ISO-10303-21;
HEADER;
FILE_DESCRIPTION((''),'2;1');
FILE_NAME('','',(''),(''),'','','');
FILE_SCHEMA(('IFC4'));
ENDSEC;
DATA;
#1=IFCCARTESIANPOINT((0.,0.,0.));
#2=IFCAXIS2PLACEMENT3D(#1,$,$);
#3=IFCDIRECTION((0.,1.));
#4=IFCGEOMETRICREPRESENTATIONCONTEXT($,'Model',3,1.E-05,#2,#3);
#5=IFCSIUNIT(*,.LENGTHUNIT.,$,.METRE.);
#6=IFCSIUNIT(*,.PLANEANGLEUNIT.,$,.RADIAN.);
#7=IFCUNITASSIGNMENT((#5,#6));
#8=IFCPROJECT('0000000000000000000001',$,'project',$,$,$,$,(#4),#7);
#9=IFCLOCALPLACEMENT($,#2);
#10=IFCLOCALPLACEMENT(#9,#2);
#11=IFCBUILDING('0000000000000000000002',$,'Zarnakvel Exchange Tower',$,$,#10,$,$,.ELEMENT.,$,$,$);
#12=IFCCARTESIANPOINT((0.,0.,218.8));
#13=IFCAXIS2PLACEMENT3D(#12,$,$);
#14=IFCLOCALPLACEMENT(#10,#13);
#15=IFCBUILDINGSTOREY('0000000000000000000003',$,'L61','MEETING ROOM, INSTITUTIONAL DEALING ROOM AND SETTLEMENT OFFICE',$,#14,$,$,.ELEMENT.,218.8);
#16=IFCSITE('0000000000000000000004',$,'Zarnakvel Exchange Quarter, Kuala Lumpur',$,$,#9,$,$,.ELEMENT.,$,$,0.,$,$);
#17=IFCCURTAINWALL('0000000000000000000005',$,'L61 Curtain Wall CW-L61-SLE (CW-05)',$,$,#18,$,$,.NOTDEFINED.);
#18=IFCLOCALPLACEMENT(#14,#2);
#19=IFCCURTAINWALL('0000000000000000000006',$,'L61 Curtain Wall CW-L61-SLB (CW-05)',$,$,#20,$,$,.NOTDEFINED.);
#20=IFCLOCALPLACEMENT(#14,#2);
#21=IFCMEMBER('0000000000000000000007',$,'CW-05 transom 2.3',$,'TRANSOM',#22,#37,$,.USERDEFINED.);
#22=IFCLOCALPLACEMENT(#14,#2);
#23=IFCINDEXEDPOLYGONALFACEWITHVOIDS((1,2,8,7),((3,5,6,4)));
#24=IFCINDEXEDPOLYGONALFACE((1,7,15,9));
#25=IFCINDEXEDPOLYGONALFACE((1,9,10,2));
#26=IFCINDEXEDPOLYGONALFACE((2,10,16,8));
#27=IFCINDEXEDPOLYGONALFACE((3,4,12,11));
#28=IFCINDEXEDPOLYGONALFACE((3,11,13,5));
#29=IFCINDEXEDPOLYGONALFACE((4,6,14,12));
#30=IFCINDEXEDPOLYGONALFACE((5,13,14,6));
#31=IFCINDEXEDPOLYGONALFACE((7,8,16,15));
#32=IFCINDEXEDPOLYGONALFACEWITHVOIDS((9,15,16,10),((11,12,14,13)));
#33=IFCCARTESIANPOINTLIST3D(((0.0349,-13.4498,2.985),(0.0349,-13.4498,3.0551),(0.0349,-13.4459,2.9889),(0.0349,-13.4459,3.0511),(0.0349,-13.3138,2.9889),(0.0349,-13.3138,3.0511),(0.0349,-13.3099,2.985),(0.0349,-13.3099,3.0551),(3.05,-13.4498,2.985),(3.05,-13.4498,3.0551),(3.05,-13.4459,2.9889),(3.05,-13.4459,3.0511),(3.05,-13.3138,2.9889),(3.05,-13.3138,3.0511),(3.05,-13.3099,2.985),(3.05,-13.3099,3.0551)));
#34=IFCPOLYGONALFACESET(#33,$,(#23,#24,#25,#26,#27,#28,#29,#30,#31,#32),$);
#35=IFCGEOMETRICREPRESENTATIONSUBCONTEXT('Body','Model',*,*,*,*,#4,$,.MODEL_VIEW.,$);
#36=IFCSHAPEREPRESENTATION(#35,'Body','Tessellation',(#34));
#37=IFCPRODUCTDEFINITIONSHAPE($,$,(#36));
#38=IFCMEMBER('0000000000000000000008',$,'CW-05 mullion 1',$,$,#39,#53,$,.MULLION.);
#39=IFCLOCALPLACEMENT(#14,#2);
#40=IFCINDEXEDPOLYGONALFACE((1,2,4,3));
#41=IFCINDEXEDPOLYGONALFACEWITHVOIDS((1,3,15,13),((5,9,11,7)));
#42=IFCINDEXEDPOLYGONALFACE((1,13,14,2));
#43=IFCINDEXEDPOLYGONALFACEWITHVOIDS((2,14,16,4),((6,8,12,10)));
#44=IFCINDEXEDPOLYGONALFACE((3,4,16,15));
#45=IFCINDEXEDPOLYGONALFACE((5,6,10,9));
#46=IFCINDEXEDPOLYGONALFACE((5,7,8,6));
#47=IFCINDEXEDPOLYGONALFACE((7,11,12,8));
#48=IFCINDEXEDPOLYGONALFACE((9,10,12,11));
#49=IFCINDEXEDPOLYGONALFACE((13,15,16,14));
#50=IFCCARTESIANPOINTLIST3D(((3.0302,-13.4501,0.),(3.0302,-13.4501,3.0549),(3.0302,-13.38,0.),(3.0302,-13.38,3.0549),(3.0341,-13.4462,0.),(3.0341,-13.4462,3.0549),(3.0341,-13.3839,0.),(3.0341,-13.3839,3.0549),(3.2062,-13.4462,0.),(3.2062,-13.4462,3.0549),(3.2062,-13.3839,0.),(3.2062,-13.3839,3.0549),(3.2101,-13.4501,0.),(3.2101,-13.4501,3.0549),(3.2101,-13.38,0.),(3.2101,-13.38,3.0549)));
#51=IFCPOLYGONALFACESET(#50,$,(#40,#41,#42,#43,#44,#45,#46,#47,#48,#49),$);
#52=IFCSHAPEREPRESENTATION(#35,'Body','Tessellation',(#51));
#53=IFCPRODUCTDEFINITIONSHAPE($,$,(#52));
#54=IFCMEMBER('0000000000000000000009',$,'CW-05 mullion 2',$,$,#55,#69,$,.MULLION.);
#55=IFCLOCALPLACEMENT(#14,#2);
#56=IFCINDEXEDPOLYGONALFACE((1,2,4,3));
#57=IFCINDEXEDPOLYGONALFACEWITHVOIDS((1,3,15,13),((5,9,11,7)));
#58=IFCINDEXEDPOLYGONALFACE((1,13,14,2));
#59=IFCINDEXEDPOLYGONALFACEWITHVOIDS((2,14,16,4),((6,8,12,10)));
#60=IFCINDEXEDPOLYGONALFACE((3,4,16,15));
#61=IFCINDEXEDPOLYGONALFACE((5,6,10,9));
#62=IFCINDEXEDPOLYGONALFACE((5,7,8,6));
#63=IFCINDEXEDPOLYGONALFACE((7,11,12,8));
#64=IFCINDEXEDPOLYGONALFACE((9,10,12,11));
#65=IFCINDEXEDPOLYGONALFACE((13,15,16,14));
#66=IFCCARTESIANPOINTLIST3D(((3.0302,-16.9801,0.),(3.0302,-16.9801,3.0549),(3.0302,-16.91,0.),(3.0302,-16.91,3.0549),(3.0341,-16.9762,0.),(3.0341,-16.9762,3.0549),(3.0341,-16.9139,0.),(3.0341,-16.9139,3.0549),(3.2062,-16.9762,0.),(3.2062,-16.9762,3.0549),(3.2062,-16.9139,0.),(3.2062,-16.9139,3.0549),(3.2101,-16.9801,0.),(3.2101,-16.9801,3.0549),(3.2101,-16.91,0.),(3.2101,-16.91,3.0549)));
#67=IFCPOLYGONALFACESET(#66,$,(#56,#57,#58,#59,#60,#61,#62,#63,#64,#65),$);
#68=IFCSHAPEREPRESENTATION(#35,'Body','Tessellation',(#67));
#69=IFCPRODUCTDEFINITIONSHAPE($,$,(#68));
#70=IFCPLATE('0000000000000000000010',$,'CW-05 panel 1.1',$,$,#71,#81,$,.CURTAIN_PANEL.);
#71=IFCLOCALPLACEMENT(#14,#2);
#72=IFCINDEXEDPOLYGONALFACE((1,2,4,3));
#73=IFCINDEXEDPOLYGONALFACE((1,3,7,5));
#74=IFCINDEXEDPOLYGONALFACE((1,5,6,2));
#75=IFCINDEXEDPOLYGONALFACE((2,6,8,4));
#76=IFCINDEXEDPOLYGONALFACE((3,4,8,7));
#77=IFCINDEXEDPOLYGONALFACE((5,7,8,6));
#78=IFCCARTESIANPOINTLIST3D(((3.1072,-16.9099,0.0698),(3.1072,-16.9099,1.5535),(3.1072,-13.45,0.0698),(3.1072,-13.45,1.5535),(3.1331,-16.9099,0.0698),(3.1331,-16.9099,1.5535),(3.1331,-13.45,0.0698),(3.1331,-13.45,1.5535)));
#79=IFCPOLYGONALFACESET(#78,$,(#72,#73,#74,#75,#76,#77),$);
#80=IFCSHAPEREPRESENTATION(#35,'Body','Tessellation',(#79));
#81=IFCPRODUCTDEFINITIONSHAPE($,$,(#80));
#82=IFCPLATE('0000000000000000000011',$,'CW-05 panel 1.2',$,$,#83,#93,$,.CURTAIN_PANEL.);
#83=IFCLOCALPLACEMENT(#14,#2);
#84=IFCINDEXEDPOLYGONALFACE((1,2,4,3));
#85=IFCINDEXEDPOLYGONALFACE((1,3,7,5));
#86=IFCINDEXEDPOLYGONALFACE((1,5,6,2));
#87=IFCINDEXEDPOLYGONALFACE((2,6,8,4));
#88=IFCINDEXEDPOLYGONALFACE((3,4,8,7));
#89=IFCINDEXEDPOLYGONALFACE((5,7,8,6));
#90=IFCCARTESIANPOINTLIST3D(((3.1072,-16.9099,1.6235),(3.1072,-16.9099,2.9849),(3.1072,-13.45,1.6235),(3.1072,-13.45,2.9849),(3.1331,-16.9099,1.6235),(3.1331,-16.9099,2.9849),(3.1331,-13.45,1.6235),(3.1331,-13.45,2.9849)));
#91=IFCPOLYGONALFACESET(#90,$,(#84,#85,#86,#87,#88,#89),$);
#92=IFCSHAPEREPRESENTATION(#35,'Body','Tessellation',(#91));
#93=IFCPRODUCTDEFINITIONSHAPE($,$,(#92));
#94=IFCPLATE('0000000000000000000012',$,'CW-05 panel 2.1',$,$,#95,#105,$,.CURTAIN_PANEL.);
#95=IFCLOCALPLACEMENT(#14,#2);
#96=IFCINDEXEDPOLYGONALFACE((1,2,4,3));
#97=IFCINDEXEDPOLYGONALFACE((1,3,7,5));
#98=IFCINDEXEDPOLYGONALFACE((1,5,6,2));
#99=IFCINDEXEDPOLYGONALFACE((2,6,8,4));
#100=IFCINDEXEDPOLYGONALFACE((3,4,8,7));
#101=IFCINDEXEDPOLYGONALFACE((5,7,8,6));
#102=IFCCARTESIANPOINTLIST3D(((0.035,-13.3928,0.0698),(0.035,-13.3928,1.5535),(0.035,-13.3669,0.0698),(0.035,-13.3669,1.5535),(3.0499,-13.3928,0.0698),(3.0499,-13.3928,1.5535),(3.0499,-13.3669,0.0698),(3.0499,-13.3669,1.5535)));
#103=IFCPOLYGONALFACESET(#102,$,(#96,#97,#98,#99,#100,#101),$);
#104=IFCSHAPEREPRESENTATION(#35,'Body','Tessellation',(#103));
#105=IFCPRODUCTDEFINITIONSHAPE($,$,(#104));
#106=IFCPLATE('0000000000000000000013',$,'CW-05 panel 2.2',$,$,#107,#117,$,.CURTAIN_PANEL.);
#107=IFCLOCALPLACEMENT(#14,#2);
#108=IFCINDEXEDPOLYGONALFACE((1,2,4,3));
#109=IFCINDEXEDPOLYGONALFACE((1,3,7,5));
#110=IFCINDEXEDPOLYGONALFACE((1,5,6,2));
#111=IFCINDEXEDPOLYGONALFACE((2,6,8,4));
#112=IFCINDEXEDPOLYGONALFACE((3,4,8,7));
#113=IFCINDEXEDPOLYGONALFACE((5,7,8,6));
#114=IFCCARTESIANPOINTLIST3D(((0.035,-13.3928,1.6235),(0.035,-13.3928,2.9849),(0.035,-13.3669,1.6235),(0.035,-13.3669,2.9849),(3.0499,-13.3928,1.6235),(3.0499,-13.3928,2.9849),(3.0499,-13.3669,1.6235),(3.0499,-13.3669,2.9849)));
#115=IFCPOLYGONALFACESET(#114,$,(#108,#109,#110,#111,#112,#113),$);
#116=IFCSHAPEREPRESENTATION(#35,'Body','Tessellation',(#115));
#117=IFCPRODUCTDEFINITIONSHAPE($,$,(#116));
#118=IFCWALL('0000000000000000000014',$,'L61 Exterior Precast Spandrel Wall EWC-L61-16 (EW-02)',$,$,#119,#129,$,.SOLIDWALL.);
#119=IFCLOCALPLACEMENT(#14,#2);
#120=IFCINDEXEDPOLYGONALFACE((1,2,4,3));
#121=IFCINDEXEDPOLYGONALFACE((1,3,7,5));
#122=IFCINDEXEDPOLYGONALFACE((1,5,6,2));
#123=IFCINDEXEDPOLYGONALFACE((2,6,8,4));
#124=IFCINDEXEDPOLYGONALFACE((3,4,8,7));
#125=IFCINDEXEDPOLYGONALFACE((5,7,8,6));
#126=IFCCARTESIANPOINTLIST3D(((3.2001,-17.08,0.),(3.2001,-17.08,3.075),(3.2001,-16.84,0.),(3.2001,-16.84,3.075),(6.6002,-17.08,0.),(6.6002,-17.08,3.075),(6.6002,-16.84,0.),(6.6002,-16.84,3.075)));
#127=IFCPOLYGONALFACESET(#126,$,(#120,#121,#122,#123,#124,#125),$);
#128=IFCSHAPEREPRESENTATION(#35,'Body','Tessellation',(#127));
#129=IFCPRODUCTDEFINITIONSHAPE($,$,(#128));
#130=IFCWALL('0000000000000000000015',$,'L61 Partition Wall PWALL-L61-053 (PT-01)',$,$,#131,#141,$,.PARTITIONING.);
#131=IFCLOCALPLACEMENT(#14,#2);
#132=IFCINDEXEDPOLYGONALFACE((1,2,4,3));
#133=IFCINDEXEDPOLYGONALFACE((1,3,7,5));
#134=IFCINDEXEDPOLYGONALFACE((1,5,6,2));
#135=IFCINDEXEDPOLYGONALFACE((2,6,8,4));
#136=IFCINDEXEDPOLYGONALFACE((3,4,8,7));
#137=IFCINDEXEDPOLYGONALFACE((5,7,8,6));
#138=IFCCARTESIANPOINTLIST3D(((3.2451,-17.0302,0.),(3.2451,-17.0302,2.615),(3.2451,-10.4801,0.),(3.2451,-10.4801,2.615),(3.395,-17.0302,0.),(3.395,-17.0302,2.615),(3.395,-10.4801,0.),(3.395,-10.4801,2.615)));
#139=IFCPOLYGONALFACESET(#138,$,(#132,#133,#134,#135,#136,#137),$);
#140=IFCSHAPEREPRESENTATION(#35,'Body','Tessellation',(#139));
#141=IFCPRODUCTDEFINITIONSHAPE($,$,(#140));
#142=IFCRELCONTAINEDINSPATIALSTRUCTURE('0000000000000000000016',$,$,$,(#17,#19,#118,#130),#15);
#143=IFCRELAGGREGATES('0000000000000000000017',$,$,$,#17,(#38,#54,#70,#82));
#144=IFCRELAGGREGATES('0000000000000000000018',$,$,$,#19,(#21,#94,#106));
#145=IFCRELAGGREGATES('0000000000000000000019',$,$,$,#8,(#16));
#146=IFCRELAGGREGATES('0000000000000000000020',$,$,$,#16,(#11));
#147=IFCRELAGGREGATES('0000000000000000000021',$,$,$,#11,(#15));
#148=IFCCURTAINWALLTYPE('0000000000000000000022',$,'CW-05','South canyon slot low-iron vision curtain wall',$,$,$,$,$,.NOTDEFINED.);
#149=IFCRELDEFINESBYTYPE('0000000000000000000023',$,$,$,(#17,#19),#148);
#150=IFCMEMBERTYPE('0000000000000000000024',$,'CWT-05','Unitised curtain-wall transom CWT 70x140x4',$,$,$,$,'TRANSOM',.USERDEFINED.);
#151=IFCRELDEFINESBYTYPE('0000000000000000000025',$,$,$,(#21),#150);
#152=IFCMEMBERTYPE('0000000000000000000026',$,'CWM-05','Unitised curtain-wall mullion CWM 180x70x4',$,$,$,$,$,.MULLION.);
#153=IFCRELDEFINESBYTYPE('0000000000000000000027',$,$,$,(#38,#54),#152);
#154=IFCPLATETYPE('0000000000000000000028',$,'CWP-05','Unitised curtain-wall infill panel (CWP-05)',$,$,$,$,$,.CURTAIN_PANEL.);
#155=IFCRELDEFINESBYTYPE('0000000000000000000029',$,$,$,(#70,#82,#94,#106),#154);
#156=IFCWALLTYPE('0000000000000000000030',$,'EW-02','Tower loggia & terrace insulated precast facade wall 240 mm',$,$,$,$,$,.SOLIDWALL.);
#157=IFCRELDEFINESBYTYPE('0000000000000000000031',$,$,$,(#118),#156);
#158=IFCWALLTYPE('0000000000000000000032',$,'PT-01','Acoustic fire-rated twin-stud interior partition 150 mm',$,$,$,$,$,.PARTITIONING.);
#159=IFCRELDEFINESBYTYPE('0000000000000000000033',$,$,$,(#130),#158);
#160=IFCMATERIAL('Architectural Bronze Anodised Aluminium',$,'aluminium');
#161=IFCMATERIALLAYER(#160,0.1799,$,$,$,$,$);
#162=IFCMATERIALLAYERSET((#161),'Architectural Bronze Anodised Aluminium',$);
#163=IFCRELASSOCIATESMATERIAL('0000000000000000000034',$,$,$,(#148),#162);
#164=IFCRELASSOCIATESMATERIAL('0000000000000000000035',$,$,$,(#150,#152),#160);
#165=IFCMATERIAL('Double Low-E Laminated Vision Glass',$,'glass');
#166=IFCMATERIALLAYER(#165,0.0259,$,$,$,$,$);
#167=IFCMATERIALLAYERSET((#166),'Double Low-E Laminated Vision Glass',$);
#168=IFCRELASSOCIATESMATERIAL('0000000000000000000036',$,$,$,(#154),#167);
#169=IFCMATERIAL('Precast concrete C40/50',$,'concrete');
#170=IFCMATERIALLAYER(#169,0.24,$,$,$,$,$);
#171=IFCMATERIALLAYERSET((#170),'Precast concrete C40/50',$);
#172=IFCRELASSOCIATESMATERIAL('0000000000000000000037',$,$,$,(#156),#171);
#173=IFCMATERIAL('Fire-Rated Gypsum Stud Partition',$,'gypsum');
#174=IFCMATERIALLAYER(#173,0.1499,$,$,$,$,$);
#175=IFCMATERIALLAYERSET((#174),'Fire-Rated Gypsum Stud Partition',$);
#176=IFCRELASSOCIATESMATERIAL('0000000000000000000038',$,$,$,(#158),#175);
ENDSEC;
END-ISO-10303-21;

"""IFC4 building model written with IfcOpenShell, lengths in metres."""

from ifc_helpers import new_model, si_unit, direction, frame, frame_2d, origin, origin_2d, place, context, subcontext, project, spatial, rectangle, hollow_rectangle, extrude, source, transform, mapped, material, layer, layer_set, material_profile, profile_set, type_object, element, aggregate, save


model = new_model("IFC4")

# Units and contexts
model_context = context("Model", 3, precision=1e-05, world=origin(), true_north=direction((0.0, 1.0)))
body_context = subcontext(model_context, "Body", "Model", "MODEL_VIEW")
ifc_project = project(units=[si_unit("LENGTHUNIT", "METRE"), si_unit("PLANEANGLEUNIT", "RADIAN")], contexts=[model_context])

# Site, building, storey
site_placement = place(None, origin())
site = spatial("IfcSite", under=ifc_project, at=site_placement, Name="Zarnakvel Exchange Quarter, Kuala Lumpur", CompositionType="ELEMENT", RefElevation=0.0)
building_placement = place(site_placement, origin())
building = spatial("IfcBuilding", under=site, at=building_placement, Name="Zarnakvel Exchange Tower", CompositionType="ELEMENT")
storey_placement = place(building_placement, frame((0.0, 0.0, 218.8)))
storey = spatial("IfcBuildingStorey", under=building, at=storey_placement, Name="L61", Description="MEETING ROOM, INSTITUTIONAL DEALING ROOM AND SETTLEMENT OFFICE", CompositionType="ELEMENT", Elevation=218.8)

# Curtain walls, member
ifc_material_1 = material(Name="Architectural Bronze Anodised Aluminium", Category="aluminium")
ifc_layer_1 = layer(ifc_material_1, 0.1799)
ifc_layer_set_1 = layer_set([ifc_layer_1], Name="Architectural Bronze Anodised Aluminium")
curtain_wall_type = type_object("IfcCurtainWallType", Name="CW-05", Description="South canyon slot low-iron vision curtain wall", PredefinedType="NOTDEFINED", material=ifc_layer_set_1)
curtain_wall_1_placement = place(storey_placement, origin())
curtain_wall_1 = element("IfcCurtainWall", 1, at=curtain_wall_1_placement, inside=storey, type_object=curtain_wall_type, Name="L61 Curtain Wall CW-L61-SLE (CW-05)", PredefinedType="NOTDEFINED")
ifc_material_profile_1 = material_profile(ifc_material_1, hollow_rectangle(XDim=0.1399, YDim=0.0701, WallThickness=0.0039, at=origin_2d()))
ifc_profile_set_1 = profile_set([ifc_material_profile_1], Name="Architectural Bronze Anodised Aluminium")
member_type_1 = type_object("IfcMemberType", Name="CWT-05", Description="Unitised curtain-wall transom CWT 70x140x4", ElementType="TRANSOM", PredefinedType="USERDEFINED", material=ifc_profile_set_1)
curtain_wall_2_placement = place(storey_placement, origin())
curtain_wall_2 = element("IfcCurtainWall", 2, at=curtain_wall_2_placement, inside=storey, type_object=curtain_wall_type, Name="L61 Curtain Wall CW-L61-SLB (CW-05)", PredefinedType="NOTDEFINED")
shared_shape_1 = source(origin(), body_context, "Body", "SweptSolid", [
    extrude(hollow_rectangle(XDim=0.1399, YDim=0.0701, WallThickness=0.0039, at=origin_2d()), origin(), (0.0, 0.0, 1.0), 3.0151),
])
member_1_placement = place(storey_placement, frame((0.0349, -13.3799, 3.02), z_axis=(1.0, 0.0, 0.0), x_axis=(0.0, 1.0, 0.0)))
member_1 = element("IfcMember", 3, at=member_1_placement, type_object=member_type_1, Name="CW-05 transom 2.3", ObjectType="TRANSOM", PredefinedType="USERDEFINED", context=body_context, shape_type="MappedRepresentation", body=[
    mapped(shared_shape_1, transform((0.0, 0.0, 0.0), x_axis=(1.0, 0.0, 0.0), y_axis=(0.0, 1.0, 0.0), z_axis=(0.0, 0.0, 1.0), scale=1.0)),
])

# Members
ifc_material_profile_2 = material_profile(ifc_material_1, hollow_rectangle(XDim=0.1799, YDim=0.0701, WallThickness=0.0039, at=origin_2d()))
ifc_profile_set_2 = profile_set([ifc_material_profile_2], Name="Architectural Bronze Anodised Aluminium")
member_type_2 = type_object("IfcMemberType", Name="CWM-05", Description="Unitised curtain-wall mullion CWM 180x70x4", PredefinedType="MULLION", material=ifc_profile_set_2)
shared_shape_2 = source(origin(), body_context, "Body", "SweptSolid", [
    extrude(hollow_rectangle(XDim=0.1799, YDim=0.0701, WallThickness=0.0039, at=origin_2d()), origin(), (0.0, 0.0, 1.0), 3.0549),
])
member_2_placement = place(storey_placement, frame((3.1201, -13.415, 0.0), z_axis=(0.0, 0.0, 1.0), x_axis=(1.0, 0.0, 0.0)))
member_2 = element("IfcMember", 4, at=member_2_placement, type_object=member_type_2, Name="CW-05 mullion 1", PredefinedType="MULLION", context=body_context, shape_type="MappedRepresentation", body=[
    mapped(shared_shape_2, transform((0.0, 0.0, 0.0), x_axis=(1.0, 0.0, 0.0), y_axis=(0.0, 1.0, 0.0), z_axis=(0.0, 0.0, 1.0), scale=1.0)),
])
member_3_placement = place(storey_placement, frame((3.1201, -16.9451, 0.0), z_axis=(0.0, 0.0, 1.0), x_axis=(1.0, 0.0, 0.0)))
member_3 = element("IfcMember", 5, at=member_3_placement, type_object=member_type_2, Name="CW-05 mullion 2", PredefinedType="MULLION", context=body_context, shape_type="MappedRepresentation", body=[
    mapped(shared_shape_2, transform((0.0, 0.0, 0.0), x_axis=(1.0, 0.0, 0.0), y_axis=(0.0, 1.0, 0.0), z_axis=(0.0, 0.0, 1.0), scale=1.0)),
])

# Plates
ifc_material_2 = material(Name="Double Low-E Laminated Vision Glass", Category="glass")
ifc_layer_2 = layer(ifc_material_2, 0.0259)
ifc_layer_set_2 = layer_set([ifc_layer_2], Name="Double Low-E Laminated Vision Glass")
plate_type = type_object("IfcPlateType", Name="CWP-05", Description="Unitised curtain-wall infill panel (CWP-05)", PredefinedType="CURTAIN_PANEL", material=ifc_layer_set_2)
shared_shape_3 = source(origin(), body_context, "Body", "SweptSolid", [
    extrude(rectangle(XDim=3.46, YDim=0.0259, at=origin_2d()), origin(), (0.0, 0.0, 1.0), 1.4836),
])
plate_1_placement = place(storey_placement, frame((3.1201, -15.1799, 0.0698), z_axis=(0.0, 0.0, 1.0), x_axis=(0.0, -1.0, 0.0)))
plate_1 = element("IfcPlate", 6, at=plate_1_placement, type_object=plate_type, Name="CW-05 panel 1.1", PredefinedType="CURTAIN_PANEL", context=body_context, shape_type="MappedRepresentation", body=[
    mapped(shared_shape_3, transform((0.0, 0.0, 0.0), x_axis=(1.0, 0.0, 0.0), y_axis=(0.0, 1.0, 0.0), z_axis=(0.0, 0.0, 1.0), scale=1.0)),
])
shared_shape_4 = source(origin(), body_context, "Body", "SweptSolid", [
    extrude(rectangle(XDim=3.46, YDim=0.0259, at=origin_2d()), origin(), (0.0, 0.0, 1.0), 1.3613),
])
plate_2_placement = place(storey_placement, frame((3.1201, -15.1799, 1.6235), z_axis=(0.0, 0.0, 1.0), x_axis=(0.0, -1.0, 0.0)))
plate_2 = element("IfcPlate", 7, at=plate_2_placement, type_object=plate_type, Name="CW-05 panel 1.2", PredefinedType="CURTAIN_PANEL", context=body_context, shape_type="MappedRepresentation", body=[
    mapped(shared_shape_4, transform((0.0, 0.0, 0.0), x_axis=(1.0, 0.0, 0.0), y_axis=(0.0, 1.0, 0.0), z_axis=(0.0, 0.0, 1.0), scale=1.0)),
])
aggregate(curtain_wall_1, [member_2, member_3, plate_1, plate_2])
shared_shape_5 = source(origin(), body_context, "Body", "SweptSolid", [
    extrude(rectangle(XDim=3.0149, YDim=0.0259, at=origin_2d()), origin(), (0.0, 0.0, 1.0), 1.4836),
])
plate_3_placement = place(storey_placement, frame((1.5425, -13.3799, 0.0698), z_axis=(0.0, 0.0, 1.0), x_axis=(1.0, 0.0, 0.0)))
plate_3 = element("IfcPlate", 8, at=plate_3_placement, type_object=plate_type, Name="CW-05 panel 2.1", PredefinedType="CURTAIN_PANEL", context=body_context, shape_type="MappedRepresentation", body=[
    mapped(shared_shape_5, transform((0.0, 0.0, 0.0), x_axis=(1.0, 0.0, 0.0), y_axis=(0.0, 1.0, 0.0), z_axis=(0.0, 0.0, 1.0), scale=1.0)),
])
shared_shape_6 = source(origin(), body_context, "Body", "SweptSolid", [
    extrude(rectangle(XDim=3.0149, YDim=0.0259, at=origin_2d()), origin(), (0.0, 0.0, 1.0), 1.3613),
])
plate_4_placement = place(storey_placement, frame((1.5425, -13.3799, 1.6235), z_axis=(0.0, 0.0, 1.0), x_axis=(1.0, 0.0, 0.0)))
plate_4 = element("IfcPlate", 9, at=plate_4_placement, type_object=plate_type, Name="CW-05 panel 2.2", PredefinedType="CURTAIN_PANEL", context=body_context, shape_type="MappedRepresentation", body=[
    mapped(shared_shape_6, transform((0.0, 0.0, 0.0), x_axis=(1.0, 0.0, 0.0), y_axis=(0.0, 1.0, 0.0), z_axis=(0.0, 0.0, 1.0), scale=1.0)),
])
aggregate(curtain_wall_2, [member_1, plate_3, plate_4])

# Walls
ifc_material_3 = material(Name="Precast concrete C40/50", Category="concrete")
ifc_layer_3 = layer(ifc_material_3, 0.24)
ifc_layer_set_3 = layer_set([ifc_layer_3], Name="Precast concrete C40/50")
wall_type_1 = type_object("IfcWallType", Name="EW-02", Description="Tower loggia & terrace insulated precast facade wall 240 mm", PredefinedType="SOLIDWALL", material=ifc_layer_set_3)
wall_1_placement = place(storey_placement, frame((3.2, -16.96, 0.0), z_axis=(0.0, 0.0, 1.0), x_axis=(1.0, 0.0, 0.0)))
element("IfcWall", 10, at=wall_1_placement, inside=storey, type_object=wall_type_1, Name="L61 Exterior Precast Spandrel Wall EWC-L61-16 (EW-02)", PredefinedType="SOLIDWALL", context=body_context, shape_type="SweptSolid", body=[
    extrude(rectangle(XDim=3.4001, YDim=0.24, at=frame_2d((1.7002, 0.0))), origin(), (0.0, 0.0, 1.0), 3.075),
])
ifc_material_4 = material(Name="Fire-Rated Gypsum Stud Partition", Category="gypsum")
ifc_layer_4 = layer(ifc_material_4, 0.1499)
ifc_layer_set_4 = layer_set([ifc_layer_4], Name="Fire-Rated Gypsum Stud Partition")
wall_type_2 = type_object("IfcWallType", Name="PT-01", Description="Acoustic fire-rated twin-stud interior partition 150 mm", PredefinedType="PARTITIONING", material=ifc_layer_set_4)
wall_2_placement = place(storey_placement, frame((3.3201, -17.03, 0.0), z_axis=(0.0, 0.0, 1.0), x_axis=(0.0, 1.0, 0.0)))
element("IfcWall", 11, at=wall_2_placement, inside=storey, type_object=wall_type_2, Name="L61 Partition Wall PWALL-L61-053 (PT-01)", PredefinedType="PARTITIONING", context=body_context, shape_type="SweptSolid", body=[
    extrude(rectangle(XDim=6.55, YDim=0.1499, at=frame_2d((3.2749, 0.0))), origin(), (0.0, 0.0, 1.0), 2.615),
])

save(model, "model.ifc")
